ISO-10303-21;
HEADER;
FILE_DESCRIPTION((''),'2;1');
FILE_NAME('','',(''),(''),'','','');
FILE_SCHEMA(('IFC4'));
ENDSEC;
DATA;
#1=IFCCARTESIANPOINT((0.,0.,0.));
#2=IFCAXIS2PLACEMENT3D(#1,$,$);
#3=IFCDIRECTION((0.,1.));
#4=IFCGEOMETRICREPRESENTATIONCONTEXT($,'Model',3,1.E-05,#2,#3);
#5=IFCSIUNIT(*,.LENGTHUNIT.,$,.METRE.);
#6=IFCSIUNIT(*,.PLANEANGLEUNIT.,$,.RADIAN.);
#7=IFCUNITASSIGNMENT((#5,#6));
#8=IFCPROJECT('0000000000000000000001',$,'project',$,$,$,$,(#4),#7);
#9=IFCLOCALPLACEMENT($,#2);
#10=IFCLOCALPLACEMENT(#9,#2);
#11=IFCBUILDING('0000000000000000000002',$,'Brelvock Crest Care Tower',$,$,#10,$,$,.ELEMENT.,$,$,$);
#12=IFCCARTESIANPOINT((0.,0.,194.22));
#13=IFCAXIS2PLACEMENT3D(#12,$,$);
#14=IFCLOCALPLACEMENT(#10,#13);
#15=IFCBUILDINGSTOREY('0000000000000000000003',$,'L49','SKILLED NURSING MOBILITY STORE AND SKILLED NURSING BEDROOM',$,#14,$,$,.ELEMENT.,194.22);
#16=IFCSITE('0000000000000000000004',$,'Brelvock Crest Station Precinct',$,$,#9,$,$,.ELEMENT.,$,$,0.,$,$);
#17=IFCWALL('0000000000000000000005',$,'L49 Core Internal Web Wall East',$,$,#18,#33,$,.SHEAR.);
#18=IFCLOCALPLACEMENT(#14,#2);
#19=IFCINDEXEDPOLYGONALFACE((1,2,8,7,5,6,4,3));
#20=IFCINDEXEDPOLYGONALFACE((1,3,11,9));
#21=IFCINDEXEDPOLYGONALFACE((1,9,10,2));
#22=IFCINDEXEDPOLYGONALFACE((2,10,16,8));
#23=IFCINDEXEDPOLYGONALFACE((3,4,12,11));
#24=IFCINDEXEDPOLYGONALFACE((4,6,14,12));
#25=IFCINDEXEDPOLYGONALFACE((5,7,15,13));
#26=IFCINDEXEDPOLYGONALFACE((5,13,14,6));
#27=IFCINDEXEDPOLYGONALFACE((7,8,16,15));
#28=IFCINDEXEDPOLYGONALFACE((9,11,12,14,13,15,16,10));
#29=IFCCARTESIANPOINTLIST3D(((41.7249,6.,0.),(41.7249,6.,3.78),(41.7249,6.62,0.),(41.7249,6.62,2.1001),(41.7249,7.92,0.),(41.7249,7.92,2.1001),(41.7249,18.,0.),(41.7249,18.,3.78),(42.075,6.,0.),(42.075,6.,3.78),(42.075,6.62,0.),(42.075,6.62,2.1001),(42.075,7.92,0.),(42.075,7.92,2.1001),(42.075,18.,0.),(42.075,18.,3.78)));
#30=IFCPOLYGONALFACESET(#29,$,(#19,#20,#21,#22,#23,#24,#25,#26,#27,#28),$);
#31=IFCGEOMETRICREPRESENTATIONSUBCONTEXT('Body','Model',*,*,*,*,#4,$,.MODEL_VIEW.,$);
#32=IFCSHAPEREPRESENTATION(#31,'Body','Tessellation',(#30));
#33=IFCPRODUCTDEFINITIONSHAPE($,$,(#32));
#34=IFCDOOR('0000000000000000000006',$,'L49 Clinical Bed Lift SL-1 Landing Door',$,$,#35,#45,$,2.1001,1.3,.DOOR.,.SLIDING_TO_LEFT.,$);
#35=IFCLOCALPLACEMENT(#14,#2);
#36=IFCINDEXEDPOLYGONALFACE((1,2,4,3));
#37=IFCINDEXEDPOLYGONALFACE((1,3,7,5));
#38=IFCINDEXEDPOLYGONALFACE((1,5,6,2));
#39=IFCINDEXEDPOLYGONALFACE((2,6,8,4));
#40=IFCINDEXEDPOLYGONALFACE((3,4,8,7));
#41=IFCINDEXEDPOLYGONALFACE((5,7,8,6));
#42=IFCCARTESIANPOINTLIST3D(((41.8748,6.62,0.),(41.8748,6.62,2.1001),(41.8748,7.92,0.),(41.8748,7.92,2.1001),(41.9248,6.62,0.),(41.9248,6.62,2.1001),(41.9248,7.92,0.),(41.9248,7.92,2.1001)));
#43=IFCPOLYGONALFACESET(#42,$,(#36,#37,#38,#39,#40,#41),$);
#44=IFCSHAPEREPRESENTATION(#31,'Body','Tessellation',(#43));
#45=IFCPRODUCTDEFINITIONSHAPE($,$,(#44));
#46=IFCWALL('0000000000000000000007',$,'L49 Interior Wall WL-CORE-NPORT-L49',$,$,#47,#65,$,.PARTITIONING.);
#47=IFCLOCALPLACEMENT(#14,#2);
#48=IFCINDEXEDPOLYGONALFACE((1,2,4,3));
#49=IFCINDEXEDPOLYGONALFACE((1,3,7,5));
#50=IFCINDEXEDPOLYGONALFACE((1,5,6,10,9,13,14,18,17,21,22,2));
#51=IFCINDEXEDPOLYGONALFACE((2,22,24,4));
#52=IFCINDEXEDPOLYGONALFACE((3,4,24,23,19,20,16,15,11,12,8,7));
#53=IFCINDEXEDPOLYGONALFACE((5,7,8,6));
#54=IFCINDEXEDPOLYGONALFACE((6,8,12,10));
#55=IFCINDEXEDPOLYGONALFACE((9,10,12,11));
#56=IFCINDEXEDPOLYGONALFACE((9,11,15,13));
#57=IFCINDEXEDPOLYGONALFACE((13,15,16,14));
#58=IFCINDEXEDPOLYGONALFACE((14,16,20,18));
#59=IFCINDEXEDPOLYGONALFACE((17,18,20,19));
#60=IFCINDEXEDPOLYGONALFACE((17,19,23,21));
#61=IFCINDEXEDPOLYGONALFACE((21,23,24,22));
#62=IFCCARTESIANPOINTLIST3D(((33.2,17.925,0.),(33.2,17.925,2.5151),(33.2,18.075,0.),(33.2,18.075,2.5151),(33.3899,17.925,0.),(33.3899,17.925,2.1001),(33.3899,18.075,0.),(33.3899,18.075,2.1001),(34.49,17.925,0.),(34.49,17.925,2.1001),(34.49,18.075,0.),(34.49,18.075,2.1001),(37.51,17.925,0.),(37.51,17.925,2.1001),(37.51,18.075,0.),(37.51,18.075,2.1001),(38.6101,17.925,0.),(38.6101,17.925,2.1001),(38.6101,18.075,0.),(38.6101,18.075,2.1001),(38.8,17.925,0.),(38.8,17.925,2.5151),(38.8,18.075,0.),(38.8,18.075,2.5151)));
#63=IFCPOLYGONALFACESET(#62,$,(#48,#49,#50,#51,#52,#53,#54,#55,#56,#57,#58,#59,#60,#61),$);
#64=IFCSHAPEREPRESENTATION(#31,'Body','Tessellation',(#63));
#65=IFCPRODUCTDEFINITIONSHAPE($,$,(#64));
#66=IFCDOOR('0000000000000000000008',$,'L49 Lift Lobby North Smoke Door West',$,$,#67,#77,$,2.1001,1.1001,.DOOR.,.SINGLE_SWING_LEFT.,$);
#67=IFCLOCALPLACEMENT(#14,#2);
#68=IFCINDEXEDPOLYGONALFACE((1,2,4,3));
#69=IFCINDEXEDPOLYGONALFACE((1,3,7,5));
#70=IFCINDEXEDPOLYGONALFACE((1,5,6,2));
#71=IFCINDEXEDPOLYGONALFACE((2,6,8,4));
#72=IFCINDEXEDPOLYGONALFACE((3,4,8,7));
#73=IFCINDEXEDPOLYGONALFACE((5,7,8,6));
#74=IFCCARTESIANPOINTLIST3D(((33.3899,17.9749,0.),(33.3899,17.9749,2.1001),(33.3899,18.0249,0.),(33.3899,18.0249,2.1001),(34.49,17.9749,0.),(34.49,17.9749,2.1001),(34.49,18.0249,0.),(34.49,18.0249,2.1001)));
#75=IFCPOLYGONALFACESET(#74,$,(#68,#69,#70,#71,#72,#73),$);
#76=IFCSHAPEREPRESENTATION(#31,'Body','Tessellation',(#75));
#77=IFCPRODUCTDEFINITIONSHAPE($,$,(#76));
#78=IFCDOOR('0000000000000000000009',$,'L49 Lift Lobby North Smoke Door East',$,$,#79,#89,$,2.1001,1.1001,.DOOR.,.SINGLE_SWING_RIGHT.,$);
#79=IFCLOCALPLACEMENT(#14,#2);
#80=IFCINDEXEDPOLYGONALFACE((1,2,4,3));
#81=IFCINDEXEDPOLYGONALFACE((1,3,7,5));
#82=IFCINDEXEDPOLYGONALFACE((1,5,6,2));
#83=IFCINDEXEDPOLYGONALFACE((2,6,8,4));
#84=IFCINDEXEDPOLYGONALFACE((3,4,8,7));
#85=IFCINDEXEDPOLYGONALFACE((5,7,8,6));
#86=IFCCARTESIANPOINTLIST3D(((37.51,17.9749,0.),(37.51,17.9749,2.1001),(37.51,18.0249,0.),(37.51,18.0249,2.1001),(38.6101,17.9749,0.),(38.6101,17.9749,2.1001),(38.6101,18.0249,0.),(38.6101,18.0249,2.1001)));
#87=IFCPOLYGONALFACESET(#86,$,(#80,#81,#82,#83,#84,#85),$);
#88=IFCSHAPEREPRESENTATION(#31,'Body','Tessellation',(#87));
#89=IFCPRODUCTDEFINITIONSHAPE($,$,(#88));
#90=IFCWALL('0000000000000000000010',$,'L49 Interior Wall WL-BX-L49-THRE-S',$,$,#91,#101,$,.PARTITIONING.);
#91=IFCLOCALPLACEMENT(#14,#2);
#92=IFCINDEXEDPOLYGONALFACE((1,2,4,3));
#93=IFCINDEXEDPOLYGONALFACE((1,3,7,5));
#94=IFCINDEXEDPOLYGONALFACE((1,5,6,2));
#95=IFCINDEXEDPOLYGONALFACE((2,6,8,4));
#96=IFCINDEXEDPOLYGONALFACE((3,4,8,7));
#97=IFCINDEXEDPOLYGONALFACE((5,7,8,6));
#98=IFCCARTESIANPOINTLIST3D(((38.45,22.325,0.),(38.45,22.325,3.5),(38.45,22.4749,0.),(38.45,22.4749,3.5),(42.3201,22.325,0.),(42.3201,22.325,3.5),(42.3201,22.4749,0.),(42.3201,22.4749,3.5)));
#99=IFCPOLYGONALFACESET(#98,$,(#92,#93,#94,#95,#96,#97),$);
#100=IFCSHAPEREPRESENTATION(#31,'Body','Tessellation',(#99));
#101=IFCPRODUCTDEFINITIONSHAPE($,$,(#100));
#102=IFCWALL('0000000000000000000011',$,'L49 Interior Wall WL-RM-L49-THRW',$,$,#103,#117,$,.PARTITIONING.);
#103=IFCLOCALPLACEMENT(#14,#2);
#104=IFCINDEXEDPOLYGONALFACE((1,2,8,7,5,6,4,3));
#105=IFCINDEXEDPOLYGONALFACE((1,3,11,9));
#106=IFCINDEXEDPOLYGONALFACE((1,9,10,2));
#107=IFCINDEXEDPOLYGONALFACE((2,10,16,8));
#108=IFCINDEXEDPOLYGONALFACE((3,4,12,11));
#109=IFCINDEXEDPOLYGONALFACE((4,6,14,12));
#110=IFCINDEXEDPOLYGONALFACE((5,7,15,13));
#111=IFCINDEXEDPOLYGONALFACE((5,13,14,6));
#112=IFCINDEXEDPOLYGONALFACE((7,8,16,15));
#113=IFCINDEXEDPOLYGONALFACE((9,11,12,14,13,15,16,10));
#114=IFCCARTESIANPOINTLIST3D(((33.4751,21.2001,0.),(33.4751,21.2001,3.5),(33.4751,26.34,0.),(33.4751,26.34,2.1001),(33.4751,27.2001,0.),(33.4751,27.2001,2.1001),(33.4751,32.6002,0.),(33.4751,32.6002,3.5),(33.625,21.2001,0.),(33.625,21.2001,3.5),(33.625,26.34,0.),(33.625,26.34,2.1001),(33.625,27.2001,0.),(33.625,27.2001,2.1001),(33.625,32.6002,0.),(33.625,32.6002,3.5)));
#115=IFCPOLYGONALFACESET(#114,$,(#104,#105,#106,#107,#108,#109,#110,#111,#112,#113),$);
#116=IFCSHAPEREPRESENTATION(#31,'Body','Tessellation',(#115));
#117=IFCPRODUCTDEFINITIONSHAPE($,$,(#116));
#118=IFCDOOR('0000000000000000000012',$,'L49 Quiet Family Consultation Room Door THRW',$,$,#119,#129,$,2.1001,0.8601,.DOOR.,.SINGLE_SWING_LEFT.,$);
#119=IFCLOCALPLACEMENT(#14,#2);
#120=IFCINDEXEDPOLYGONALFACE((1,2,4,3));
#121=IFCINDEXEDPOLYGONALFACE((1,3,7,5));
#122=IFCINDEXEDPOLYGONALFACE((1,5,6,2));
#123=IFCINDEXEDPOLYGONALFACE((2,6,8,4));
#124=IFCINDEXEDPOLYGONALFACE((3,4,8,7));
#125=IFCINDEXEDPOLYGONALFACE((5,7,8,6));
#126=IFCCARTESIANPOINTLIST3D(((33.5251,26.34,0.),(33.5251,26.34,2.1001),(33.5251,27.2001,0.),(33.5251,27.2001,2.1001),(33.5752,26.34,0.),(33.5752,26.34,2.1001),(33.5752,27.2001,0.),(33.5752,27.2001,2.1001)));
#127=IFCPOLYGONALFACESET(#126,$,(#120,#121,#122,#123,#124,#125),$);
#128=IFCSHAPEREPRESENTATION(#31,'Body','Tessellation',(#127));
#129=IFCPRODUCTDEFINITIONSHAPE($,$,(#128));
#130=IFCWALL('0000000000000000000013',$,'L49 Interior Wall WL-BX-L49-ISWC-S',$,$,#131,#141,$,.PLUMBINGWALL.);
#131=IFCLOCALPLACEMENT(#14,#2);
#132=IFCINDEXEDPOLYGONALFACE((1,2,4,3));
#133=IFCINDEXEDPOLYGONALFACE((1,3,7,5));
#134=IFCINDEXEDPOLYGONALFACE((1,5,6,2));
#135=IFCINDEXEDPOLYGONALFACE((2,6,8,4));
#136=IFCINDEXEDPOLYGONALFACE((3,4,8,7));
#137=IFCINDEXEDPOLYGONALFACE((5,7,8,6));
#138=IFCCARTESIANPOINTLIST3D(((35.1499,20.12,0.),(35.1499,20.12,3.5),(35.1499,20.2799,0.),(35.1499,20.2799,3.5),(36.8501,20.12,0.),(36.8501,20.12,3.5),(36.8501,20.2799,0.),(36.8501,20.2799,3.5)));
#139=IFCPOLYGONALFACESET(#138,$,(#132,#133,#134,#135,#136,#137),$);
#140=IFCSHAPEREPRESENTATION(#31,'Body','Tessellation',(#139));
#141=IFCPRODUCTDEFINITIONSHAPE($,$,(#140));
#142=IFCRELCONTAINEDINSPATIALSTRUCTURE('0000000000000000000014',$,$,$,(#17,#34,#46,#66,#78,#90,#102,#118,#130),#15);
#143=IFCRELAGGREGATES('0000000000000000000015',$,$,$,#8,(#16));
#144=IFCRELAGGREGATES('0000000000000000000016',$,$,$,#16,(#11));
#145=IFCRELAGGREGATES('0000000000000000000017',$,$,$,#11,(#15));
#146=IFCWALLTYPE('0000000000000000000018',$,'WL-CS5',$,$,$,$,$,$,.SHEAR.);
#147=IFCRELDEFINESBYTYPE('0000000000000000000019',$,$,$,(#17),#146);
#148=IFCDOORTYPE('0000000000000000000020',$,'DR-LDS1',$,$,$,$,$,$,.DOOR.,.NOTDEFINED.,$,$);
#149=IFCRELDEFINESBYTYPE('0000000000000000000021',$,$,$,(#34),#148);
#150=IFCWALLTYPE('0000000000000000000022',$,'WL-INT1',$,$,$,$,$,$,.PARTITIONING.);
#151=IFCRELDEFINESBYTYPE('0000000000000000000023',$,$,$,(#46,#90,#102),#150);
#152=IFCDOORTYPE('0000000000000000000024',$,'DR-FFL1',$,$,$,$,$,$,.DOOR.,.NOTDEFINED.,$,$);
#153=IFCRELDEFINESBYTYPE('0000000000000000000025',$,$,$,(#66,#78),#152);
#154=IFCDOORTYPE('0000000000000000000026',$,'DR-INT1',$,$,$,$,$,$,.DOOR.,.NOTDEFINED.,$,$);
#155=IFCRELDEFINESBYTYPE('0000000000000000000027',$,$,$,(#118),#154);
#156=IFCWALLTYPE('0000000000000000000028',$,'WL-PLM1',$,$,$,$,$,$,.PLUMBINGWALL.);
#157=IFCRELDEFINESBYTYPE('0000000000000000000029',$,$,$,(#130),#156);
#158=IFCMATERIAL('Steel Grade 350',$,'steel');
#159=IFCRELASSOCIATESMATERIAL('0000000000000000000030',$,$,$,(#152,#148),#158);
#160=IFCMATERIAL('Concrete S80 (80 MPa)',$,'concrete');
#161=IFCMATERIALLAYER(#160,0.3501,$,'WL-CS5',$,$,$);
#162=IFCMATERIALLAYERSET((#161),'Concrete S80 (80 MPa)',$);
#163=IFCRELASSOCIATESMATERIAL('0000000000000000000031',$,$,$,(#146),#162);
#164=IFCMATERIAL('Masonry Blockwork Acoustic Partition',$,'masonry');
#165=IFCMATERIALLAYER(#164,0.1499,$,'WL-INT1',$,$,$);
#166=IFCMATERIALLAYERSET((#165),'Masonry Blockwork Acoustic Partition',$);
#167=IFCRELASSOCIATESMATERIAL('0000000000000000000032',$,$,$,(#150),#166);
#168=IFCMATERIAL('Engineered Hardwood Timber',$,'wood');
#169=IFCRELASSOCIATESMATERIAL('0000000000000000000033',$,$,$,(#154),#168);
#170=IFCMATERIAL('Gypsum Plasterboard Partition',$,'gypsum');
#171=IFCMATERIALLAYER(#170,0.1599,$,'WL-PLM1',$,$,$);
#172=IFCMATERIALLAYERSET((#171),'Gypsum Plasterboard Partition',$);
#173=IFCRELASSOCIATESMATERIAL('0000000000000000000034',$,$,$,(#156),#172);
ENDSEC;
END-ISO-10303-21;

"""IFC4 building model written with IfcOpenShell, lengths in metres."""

from ifc_helpers import new_model, si_unit, direction, frame, frame_2d, origin, origin_2d, place, context, subcontext, project, spatial, rectangle, extrude, source, transform, mapped, material, layer, layer_set, type_object, element, fill, save


model = new_model("IFC4")

# Units and contexts
model_context = context("Model", 3, precision=1e-05, world=origin(), true_north=direction((0.0, 1.0)))
body_context = subcontext(model_context, "Body", "Model", "MODEL_VIEW")
ifc_project = project(units=[si_unit("LENGTHUNIT", "METRE"), si_unit("PLANEANGLEUNIT", "RADIAN")], contexts=[model_context])

# Site, building, storey
site_placement = place(None, origin())
site = spatial("IfcSite", under=ifc_project, at=site_placement, Name="Brelvock Crest Station Precinct", CompositionType="ELEMENT", RefElevation=0.0)
building_placement = place(site_placement, origin())
building = spatial("IfcBuilding", under=site, at=building_placement, Name="Brelvock Crest Care Tower", CompositionType="ELEMENT")
storey_placement = place(building_placement, frame((0.0, 0.0, 194.22)))
storey = spatial("IfcBuildingStorey", under=building, at=storey_placement, Name="L49", Description="SKILLED NURSING MOBILITY STORE AND SKILLED NURSING BEDROOM", CompositionType="ELEMENT", Elevation=194.22)

# Shared definitions
ifc_material_1 = material(Name="Steel Grade 350", Category="steel")

# Wall, opening, door
door_type_1 = type_object("IfcDoorType", Name="DR-FFL1", OperationType="NOTDEFINED", PredefinedType="DOOR", material=ifc_material_1)
shared_shape_1 = source(origin(), body_context, "Body", "SweptSolid", [
    extrude(rectangle(XDim=1.1001, YDim=2.1001, at=origin_2d()), frame((0.55, 0.0249, 1.05), z_axis=(0.0, -1.0, 0.0), x_axis=(1.0, 0.0, 0.0)), (0.0, 0.0, 1.0), 0.05),
])
ifc_material_2 = material(Name="Concrete S80 (80 MPa)", Category="concrete")
ifc_layer_1 = layer(ifc_material_2, 0.3501, Name="WL-CS5")
ifc_layer_set_1 = layer_set([ifc_layer_1], Name="Concrete S80 (80 MPa)")
wall_type_1 = type_object("IfcWallType", Name="WL-CS5", PredefinedType="SHEAR", material=ifc_layer_set_1)
wall_1_placement = place(storey_placement, frame((41.8999, 18.0, 0.0), z_axis=(0.0, 0.0, 1.0), x_axis=(0.0, -1.0, 0.0)))
wall_1 = element("IfcWall", 1, at=wall_1_placement, inside=storey, type_object=wall_type_1, Name="L49 Core Internal Web Wall East", PredefinedType="SHEAR", context=body_context, shape_type="SweptSolid", body=[
    extrude(rectangle(XDim=12.0, YDim=0.3501, at=frame_2d((6.0, 0.0))), origin(), (0.0, 0.0, 1.0), 3.78),
])
opening_1_placement = place(wall_1_placement, frame((10.0801, 0.0, 0.0)))
opening_1 = element("IfcOpeningElement", 2, at=opening_1_placement, cuts=wall_1, PredefinedType="OPENING", context=body_context, shape_type="SweptSolid", body=[
    extrude(rectangle(XDim=1.3, YDim=2.1001, at=origin_2d()), frame((0.6499, 0.1851, 1.05), z_axis=(0.0, -1.0, 0.0), x_axis=(1.0, 0.0, 0.0)), (0.0, 0.0, 1.0), 0.3701),
])
door_type_2 = type_object("IfcDoorType", Name="DR-LDS1", OperationType="NOTDEFINED", PredefinedType="DOOR", material=ifc_material_1)
shared_shape_2 = source(origin(), body_context, "Body", "SweptSolid", [
    extrude(rectangle(XDim=1.3, YDim=2.1001, at=origin_2d()), frame((0.6499, 0.0249, 1.05), z_axis=(0.0, -1.0, 0.0), x_axis=(1.0, 0.0, 0.0)), (0.0, 0.0, 1.0), 0.05),
])
door_1_placement = place(opening_1_placement, origin())
door_1 = element("IfcDoor", 3, at=door_1_placement, inside=storey, type_object=door_type_2, Name="L49 Clinical Bed Lift SL-1 Landing Door", OperationType="SLIDING_TO_LEFT", OverallHeight=2.1001, OverallWidth=1.3, PredefinedType="DOOR", context=body_context, shape_type="MappedRepresentation", body=[
    mapped(shared_shape_2, transform((0.0, 0.0, 0.0), x_axis=(1.0, 0.0, 0.0), y_axis=(0.0, 1.0, 0.0), z_axis=(0.0, 0.0, 1.0), scale=1.0)),
])
fill(opening_1, door_1)

# Wall, openings, doors
ifc_material_3 = material(Name="Masonry Blockwork Acoustic Partition", Category="masonry")
ifc_layer_2 = layer(ifc_material_3, 0.1499, Name="WL-INT1")
ifc_layer_set_2 = layer_set([ifc_layer_2], Name="Masonry Blockwork Acoustic Partition")
wall_type_2 = type_object("IfcWallType", Name="WL-INT1", PredefinedType="PARTITIONING", material=ifc_layer_set_2)
wall_2_placement = place(storey_placement, frame((33.2, 18.0, 0.0), z_axis=(0.0, 0.0, 1.0), x_axis=(1.0, 0.0, 0.0)))
wall_2 = element("IfcWall", 4, at=wall_2_placement, inside=storey, type_object=wall_type_2, Name="L49 Interior Wall WL-CORE-NPORT-L49", PredefinedType="PARTITIONING", context=body_context, shape_type="SweptSolid", body=[
    extrude(rectangle(XDim=5.6001, YDim=0.1499, at=frame_2d((2.8, 0.0))), origin(), (0.0, 0.0, 1.0), 2.5151),
])
opening_2_placement = place(wall_2_placement, frame((0.1899, 0.0, 0.0)))
opening_2 = element("IfcOpeningElement", 5, at=opening_2_placement, cuts=wall_2, PredefinedType="OPENING", context=body_context, shape_type="SweptSolid", body=[
    extrude(rectangle(XDim=1.1001, YDim=2.1001, at=origin_2d()), frame((0.55, 0.085, 1.05), z_axis=(0.0, -1.0, 0.0), x_axis=(1.0, 0.0, 0.0)), (0.0, 0.0, 1.0), 0.1699),
])
opening_3_placement = place(wall_2_placement, frame((4.3101, 0.0, 0.0)))
opening_3 = element("IfcOpeningElement", 6, at=opening_3_placement, cuts=wall_2, PredefinedType="OPENING", context=body_context, shape_type="SweptSolid", body=[
    extrude(rectangle(XDim=1.1001, YDim=2.1001, at=origin_2d()), frame((0.55, 0.085, 1.05), z_axis=(0.0, -1.0, 0.0), x_axis=(1.0, 0.0, 0.0)), (0.0, 0.0, 1.0), 0.1699),
])
door_2_placement = place(opening_2_placement, origin())
door_2 = element("IfcDoor", 7, at=door_2_placement, inside=storey, type_object=door_type_1, Name="L49 Lift Lobby North Smoke Door West", OperationType="SINGLE_SWING_LEFT", OverallHeight=2.1001, OverallWidth=1.1001, PredefinedType="DOOR", context=body_context, shape_type="MappedRepresentation", body=[
    mapped(shared_shape_1, transform((0.0, 0.0, 0.0), x_axis=(1.0, 0.0, 0.0), y_axis=(0.0, 1.0, 0.0), z_axis=(0.0, 0.0, 1.0), scale=1.0)),
])
fill(opening_2, door_2)
door_3_placement = place(opening_3_placement, origin())
door_3 = element("IfcDoor", 8, at=door_3_placement, inside=storey, type_object=door_type_1, Name="L49 Lift Lobby North Smoke Door East", OperationType="SINGLE_SWING_RIGHT", OverallHeight=2.1001, OverallWidth=1.1001, PredefinedType="DOOR", context=body_context, shape_type="MappedRepresentation", body=[
    mapped(shared_shape_1, transform((0.0, 0.0, 0.0), x_axis=(1.0, 0.0, 0.0), y_axis=(0.0, 1.0, 0.0), z_axis=(0.0, 0.0, 1.0), scale=1.0)),
])
fill(opening_3, door_3)

# Wall
wall_3_placement = place(storey_placement, frame((38.45, 22.3999, 0.0), z_axis=(0.0, 0.0, 1.0), x_axis=(1.0, 0.0, 0.0)))
element("IfcWall", 9, at=wall_3_placement, inside=storey, type_object=wall_type_2, Name="L49 Interior Wall WL-BX-L49-THRE-S", PredefinedType="PARTITIONING", context=body_context, shape_type="SweptSolid", body=[
    extrude(rectangle(XDim=3.8701, YDim=0.1499, at=frame_2d((1.9351, 0.0))), origin(), (0.0, 0.0, 1.0), 3.5),
])

# Wall, opening, door
wall_4_placement = place(storey_placement, frame((33.55, 21.2, 0.0), z_axis=(0.0, 0.0, 1.0), x_axis=(0.0, 1.0, 0.0)))
wall_4 = element("IfcWall", 10, at=wall_4_placement, inside=storey, type_object=wall_type_2, Name="L49 Interior Wall WL-RM-L49-THRW", PredefinedType="PARTITIONING", context=body_context, shape_type="SweptSolid", body=[
    extrude(rectangle(XDim=11.4001, YDim=0.1499, at=frame_2d((5.7002, 0.0))), origin(), (0.0, 0.0, 1.0), 3.5),
])
opening_4_placement = place(wall_4_placement, frame((5.1399, 0.0, 0.0)))
opening_4 = element("IfcOpeningElement", 11, at=opening_4_placement, cuts=wall_4, PredefinedType="OPENING", context=body_context, shape_type="SweptSolid", body=[
    extrude(rectangle(XDim=0.8601, YDim=2.1001, at=origin_2d()), frame((0.4302, 0.085, 1.05), z_axis=(0.0, -1.0, 0.0), x_axis=(1.0, 0.0, 0.0)), (0.0, 0.0, 1.0), 0.1699),
])
ifc_material_4 = material(Name="Engineered Hardwood Timber", Category="wood")
door_type_3 = type_object("IfcDoorType", Name="DR-INT1", OperationType="NOTDEFINED", PredefinedType="DOOR", material=ifc_material_4)
shared_shape_3 = source(origin(), body_context, "Body", "SweptSolid", [
    extrude(rectangle(XDim=0.8601, YDim=2.1001, at=origin_2d()), frame((0.4302, 0.0249, 1.05), z_axis=(0.0, -1.0, 0.0), x_axis=(1.0, 0.0, 0.0)), (0.0, 0.0, 1.0), 0.05),
])
door_4_placement = place(opening_4_placement, origin())
door_4 = element("IfcDoor", 12, at=door_4_placement, inside=storey, type_object=door_type_3, Name="L49 Quiet Family Consultation Room Door THRW", OperationType="SINGLE_SWING_LEFT", OverallHeight=2.1001, OverallWidth=0.8601, PredefinedType="DOOR", context=body_context, shape_type="MappedRepresentation", body=[
    mapped(shared_shape_3, transform((0.0, 0.0, 0.0), x_axis=(1.0, 0.0, 0.0), y_axis=(0.0, 1.0, 0.0), z_axis=(0.0, 0.0, 1.0), scale=1.0)),
])
fill(opening_4, door_4)

# Wall
ifc_material_5 = material(Name="Gypsum Plasterboard Partition", Category="gypsum")
ifc_layer_3 = layer(ifc_material_5, 0.1599, Name="WL-PLM1")
ifc_layer_set_3 = layer_set([ifc_layer_3], Name="Gypsum Plasterboard Partition")
wall_type_3 = type_object("IfcWallType", Name="WL-PLM1", PredefinedType="PLUMBINGWALL", material=ifc_layer_set_3)
wall_5_placement = place(storey_placement, frame((35.1499, 20.2, 0.0), z_axis=(0.0, 0.0, 1.0), x_axis=(1.0, 0.0, 0.0)))
element("IfcWall", 13, at=wall_5_placement, inside=storey, type_object=wall_type_3, Name="L49 Interior Wall WL-BX-L49-ISWC-S", PredefinedType="PLUMBINGWALL", context=body_context, shape_type="SweptSolid", body=[
    extrude(rectangle(XDim=1.7002, YDim=0.1599, at=frame_2d((0.8501, 0.0))), origin(), (0.0, 0.0, 1.0), 3.5),
])

save(model, "model.ifc")
